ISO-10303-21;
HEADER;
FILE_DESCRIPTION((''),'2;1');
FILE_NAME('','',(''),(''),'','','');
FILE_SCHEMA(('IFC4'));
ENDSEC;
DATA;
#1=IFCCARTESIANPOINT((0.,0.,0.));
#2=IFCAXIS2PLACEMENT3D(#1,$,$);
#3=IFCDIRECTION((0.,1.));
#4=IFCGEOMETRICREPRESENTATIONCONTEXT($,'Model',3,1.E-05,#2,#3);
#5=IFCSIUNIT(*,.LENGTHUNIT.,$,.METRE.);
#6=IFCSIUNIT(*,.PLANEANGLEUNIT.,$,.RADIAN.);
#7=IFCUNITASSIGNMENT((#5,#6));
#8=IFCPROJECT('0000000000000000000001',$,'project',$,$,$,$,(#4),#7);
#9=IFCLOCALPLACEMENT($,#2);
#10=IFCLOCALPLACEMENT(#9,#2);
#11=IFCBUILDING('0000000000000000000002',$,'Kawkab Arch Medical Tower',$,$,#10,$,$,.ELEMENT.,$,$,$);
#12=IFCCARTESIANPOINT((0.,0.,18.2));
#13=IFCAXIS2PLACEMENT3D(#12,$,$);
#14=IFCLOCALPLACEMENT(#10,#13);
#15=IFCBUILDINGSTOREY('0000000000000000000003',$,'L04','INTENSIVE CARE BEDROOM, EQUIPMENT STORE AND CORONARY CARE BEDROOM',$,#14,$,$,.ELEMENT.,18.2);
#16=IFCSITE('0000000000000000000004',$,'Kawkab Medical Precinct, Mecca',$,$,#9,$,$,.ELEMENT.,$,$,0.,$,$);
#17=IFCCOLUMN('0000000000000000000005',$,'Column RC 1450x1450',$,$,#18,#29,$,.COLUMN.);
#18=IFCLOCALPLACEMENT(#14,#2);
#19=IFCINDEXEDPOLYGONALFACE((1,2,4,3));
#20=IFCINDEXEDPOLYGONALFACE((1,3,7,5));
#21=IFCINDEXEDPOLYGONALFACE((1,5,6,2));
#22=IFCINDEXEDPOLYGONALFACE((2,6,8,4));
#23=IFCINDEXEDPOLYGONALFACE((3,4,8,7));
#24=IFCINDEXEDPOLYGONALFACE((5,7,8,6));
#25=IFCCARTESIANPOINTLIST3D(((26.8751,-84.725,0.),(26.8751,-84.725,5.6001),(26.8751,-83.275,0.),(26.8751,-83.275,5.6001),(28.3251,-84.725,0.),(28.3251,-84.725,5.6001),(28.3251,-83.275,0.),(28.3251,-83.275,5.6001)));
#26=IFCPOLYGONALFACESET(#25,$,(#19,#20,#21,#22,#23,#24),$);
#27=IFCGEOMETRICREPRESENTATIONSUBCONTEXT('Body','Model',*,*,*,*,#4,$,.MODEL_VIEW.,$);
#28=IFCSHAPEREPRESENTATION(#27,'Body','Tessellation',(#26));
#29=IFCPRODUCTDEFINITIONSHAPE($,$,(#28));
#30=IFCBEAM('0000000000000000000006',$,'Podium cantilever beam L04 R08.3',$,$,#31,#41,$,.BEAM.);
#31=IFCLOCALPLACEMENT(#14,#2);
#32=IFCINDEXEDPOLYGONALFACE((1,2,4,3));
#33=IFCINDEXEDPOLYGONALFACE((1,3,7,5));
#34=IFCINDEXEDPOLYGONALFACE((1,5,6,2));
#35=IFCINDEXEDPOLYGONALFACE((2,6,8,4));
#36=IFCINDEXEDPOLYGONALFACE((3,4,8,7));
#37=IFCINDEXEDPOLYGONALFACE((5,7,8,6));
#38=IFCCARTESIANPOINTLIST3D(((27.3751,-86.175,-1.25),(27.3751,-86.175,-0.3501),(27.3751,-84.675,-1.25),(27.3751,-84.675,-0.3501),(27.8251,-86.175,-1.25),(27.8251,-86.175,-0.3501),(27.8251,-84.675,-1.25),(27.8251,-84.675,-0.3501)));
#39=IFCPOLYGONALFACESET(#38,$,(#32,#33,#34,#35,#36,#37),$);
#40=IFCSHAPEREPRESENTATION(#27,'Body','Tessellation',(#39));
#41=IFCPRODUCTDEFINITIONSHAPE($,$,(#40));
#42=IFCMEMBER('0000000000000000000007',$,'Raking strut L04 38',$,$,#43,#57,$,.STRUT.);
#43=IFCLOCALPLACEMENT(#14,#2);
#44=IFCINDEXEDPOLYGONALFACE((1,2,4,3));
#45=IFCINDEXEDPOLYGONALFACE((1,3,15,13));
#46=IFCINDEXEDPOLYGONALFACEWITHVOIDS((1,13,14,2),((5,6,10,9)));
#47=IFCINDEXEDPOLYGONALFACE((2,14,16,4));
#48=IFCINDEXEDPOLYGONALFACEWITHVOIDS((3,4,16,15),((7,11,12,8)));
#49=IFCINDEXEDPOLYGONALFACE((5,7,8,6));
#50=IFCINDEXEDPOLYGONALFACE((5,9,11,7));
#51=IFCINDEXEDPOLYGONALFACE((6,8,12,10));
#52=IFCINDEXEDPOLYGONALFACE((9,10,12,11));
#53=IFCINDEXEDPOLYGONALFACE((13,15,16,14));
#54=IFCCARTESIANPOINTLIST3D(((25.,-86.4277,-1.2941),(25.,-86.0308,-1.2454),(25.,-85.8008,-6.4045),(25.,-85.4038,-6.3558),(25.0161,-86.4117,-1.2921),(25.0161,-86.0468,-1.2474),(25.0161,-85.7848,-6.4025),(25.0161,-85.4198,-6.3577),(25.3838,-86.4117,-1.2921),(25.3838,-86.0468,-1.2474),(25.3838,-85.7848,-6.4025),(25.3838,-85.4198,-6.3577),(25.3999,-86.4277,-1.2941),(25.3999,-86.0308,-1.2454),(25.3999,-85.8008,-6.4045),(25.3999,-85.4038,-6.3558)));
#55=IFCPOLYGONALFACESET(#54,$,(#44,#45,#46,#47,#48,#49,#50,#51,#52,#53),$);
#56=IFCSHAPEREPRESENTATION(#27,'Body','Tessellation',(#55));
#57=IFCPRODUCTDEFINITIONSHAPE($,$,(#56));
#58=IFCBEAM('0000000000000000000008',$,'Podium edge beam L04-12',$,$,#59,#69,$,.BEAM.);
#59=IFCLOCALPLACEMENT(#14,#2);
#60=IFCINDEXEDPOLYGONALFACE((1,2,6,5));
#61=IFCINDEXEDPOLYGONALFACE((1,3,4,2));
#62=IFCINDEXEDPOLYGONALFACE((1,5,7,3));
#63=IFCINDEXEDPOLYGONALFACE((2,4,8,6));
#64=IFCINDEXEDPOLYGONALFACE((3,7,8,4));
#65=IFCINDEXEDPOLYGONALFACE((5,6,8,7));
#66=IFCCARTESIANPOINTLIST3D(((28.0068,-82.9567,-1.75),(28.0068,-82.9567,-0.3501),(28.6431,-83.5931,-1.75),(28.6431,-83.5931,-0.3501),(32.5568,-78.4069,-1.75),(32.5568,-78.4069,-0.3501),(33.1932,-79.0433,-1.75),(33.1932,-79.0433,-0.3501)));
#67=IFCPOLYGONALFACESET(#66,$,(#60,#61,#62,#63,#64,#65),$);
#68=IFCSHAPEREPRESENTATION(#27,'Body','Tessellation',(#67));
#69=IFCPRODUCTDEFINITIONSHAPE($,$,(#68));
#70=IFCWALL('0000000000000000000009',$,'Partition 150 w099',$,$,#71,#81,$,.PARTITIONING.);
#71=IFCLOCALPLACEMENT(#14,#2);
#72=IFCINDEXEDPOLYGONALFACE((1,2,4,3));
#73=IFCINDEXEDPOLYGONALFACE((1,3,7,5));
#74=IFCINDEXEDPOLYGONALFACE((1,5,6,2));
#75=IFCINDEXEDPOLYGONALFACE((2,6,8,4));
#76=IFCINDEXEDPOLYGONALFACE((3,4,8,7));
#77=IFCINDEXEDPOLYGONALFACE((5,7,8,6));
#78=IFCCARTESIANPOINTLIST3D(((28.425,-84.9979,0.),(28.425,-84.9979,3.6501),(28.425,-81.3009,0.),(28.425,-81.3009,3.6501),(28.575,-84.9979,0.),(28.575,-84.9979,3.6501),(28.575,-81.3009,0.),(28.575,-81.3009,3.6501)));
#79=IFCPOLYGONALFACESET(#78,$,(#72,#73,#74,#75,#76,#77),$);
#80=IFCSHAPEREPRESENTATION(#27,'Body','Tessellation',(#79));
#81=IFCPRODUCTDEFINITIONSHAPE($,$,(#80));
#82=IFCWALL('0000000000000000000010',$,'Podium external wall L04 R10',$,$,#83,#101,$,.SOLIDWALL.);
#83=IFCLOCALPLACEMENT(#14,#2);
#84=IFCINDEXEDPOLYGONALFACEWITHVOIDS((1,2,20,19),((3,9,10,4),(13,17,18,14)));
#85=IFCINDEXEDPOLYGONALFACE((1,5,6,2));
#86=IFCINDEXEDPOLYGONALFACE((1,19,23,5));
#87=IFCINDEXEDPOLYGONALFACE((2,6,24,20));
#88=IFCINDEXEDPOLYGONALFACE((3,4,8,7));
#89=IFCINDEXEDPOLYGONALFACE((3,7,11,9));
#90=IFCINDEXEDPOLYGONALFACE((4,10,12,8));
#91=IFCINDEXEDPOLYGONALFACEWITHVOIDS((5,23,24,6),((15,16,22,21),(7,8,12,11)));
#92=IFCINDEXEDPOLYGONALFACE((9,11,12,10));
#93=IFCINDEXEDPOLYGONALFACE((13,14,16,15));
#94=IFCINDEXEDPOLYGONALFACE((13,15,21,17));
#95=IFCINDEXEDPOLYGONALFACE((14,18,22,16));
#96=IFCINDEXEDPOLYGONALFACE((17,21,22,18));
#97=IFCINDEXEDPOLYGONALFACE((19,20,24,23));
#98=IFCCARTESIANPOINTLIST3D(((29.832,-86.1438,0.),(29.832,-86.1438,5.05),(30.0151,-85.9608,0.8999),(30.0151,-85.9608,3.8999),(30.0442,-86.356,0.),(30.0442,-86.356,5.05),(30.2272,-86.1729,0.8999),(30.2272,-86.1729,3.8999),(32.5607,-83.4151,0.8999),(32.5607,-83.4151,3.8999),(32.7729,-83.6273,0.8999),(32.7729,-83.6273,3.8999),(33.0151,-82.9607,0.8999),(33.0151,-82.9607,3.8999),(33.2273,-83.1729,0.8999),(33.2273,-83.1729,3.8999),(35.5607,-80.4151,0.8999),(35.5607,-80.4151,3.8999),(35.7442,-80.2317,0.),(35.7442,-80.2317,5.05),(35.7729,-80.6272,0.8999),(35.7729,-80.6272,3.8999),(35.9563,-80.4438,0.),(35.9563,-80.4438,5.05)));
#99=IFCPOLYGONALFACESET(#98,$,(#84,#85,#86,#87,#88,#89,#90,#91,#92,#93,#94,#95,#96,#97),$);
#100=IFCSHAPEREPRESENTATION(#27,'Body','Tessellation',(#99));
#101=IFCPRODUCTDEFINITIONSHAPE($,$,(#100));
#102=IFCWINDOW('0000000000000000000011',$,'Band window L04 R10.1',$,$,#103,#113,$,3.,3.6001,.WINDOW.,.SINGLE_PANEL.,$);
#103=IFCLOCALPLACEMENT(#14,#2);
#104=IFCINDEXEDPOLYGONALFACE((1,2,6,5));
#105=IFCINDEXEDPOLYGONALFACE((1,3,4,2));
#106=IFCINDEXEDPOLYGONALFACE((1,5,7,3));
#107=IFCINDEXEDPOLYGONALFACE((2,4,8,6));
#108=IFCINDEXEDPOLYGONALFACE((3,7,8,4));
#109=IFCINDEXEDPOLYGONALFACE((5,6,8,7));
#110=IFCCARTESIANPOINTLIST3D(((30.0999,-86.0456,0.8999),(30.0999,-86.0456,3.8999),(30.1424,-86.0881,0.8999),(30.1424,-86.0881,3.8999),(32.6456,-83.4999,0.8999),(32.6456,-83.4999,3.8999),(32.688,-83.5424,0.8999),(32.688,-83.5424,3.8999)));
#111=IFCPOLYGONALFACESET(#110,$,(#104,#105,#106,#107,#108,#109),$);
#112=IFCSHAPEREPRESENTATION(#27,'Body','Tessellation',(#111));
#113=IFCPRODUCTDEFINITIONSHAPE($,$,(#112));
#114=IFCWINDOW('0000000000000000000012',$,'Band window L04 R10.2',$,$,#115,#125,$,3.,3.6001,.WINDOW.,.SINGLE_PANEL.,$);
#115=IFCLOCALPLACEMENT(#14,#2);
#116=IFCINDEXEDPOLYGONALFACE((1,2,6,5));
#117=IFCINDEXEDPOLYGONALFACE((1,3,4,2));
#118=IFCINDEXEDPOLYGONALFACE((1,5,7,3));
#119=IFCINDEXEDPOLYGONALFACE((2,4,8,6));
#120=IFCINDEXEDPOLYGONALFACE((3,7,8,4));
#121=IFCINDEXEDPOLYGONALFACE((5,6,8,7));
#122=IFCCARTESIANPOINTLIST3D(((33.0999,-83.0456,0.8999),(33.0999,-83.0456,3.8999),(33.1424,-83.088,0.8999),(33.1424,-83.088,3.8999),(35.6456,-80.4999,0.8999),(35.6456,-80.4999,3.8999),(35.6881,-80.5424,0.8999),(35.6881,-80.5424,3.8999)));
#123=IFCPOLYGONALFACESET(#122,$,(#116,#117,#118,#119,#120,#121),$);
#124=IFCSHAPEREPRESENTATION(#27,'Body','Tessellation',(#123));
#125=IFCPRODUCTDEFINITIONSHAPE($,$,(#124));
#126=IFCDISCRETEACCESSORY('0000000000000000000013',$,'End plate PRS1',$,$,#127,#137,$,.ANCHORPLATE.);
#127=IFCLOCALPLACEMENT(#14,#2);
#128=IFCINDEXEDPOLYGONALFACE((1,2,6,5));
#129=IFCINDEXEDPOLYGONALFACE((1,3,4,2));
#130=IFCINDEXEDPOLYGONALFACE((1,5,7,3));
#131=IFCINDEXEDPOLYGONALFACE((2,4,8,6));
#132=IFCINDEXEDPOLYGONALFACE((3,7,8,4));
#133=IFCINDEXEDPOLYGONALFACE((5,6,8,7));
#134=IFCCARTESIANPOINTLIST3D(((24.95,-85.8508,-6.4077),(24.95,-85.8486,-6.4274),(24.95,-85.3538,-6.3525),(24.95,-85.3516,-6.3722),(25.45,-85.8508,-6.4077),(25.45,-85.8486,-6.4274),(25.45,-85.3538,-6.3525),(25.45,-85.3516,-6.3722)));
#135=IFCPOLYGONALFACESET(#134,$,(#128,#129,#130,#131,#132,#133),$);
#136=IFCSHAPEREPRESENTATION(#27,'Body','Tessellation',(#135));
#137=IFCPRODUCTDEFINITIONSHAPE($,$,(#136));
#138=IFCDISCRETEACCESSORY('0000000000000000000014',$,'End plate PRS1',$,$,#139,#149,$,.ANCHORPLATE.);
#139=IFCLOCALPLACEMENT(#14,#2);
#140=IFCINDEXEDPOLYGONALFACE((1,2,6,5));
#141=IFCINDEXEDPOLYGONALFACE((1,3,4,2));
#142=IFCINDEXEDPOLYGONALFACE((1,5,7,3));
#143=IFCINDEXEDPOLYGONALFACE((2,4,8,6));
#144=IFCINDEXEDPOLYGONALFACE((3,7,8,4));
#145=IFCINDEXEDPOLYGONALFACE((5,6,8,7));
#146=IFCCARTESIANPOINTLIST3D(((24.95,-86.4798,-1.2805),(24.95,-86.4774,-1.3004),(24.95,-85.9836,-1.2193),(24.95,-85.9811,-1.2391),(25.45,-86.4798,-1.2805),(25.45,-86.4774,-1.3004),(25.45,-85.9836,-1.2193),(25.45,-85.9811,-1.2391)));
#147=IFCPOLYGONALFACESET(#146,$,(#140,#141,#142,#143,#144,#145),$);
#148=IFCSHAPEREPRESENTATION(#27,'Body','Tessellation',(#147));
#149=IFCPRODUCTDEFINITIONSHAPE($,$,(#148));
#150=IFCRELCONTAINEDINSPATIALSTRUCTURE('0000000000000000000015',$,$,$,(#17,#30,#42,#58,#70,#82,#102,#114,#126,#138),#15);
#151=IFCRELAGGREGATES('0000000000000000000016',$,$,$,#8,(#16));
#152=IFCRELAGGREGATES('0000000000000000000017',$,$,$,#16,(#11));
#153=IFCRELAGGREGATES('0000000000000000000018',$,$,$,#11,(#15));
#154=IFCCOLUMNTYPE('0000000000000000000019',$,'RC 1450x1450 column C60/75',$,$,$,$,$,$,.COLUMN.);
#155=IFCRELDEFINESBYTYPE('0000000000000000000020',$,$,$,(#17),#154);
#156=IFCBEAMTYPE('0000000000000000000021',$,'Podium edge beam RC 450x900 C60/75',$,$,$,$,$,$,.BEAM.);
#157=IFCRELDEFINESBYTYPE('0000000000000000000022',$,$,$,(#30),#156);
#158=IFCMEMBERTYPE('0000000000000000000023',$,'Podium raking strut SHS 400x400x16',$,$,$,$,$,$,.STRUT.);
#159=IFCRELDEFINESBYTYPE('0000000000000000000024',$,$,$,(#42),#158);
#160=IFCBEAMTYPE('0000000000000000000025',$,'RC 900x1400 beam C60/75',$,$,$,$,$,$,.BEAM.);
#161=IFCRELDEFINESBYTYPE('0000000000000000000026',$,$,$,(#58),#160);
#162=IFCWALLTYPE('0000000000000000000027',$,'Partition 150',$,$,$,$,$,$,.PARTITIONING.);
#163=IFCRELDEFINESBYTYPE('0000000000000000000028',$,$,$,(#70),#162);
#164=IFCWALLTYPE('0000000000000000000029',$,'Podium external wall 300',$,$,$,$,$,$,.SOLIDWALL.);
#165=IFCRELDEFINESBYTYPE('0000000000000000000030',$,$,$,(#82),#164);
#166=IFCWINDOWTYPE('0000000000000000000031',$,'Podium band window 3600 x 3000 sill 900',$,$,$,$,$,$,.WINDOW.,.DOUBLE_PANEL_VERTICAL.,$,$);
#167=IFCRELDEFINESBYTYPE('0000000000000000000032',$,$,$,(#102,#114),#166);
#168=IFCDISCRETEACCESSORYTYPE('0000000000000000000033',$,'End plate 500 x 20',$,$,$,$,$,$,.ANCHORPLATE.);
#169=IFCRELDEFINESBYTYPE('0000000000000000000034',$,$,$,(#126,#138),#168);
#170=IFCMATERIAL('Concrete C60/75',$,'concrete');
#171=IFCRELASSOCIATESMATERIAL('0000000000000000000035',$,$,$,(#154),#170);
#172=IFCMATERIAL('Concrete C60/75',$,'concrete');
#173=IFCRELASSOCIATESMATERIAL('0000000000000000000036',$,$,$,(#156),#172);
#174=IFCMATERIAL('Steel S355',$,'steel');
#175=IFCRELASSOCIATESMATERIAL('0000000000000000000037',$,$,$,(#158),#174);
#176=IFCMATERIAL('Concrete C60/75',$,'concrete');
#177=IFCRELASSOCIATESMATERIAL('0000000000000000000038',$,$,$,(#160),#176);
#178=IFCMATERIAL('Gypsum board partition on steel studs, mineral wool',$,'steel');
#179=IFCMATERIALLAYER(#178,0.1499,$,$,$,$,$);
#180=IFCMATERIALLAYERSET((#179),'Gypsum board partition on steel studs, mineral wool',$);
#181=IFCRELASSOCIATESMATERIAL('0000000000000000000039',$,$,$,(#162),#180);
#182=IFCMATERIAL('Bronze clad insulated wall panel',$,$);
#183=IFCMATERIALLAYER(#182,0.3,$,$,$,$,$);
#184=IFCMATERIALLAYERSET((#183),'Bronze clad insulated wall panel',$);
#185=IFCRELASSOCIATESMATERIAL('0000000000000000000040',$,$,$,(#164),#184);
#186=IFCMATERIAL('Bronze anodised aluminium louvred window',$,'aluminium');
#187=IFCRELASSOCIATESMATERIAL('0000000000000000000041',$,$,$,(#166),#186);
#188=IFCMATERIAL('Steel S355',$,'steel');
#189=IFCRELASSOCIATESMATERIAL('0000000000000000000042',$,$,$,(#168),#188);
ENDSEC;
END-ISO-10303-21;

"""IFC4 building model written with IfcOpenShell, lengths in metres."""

from ifc_helpers import new_model, si_unit, direction, frame, frame_2d, origin, origin_2d, place, context, subcontext, project, spatial, rectangle, hollow_rectangle, extrude, material, layer, layer_set, material_profile, profile_set, type_object, element, fill, save


model = new_model("IFC4")

# Units and contexts
model_context = context("Model", 3, precision=1e-05, world=origin(), true_north=direction((0.0, 1.0)))
body_context = subcontext(model_context, "Body", "Model", "MODEL_VIEW")
ifc_project = project(units=[si_unit("LENGTHUNIT", "METRE"), si_unit("PLANEANGLEUNIT", "RADIAN")], contexts=[model_context])

# Site, building, storey
site_placement = place(None, origin())
site = spatial("IfcSite", under=ifc_project, at=site_placement, Name="Kawkab Medical Precinct, Mecca", CompositionType="ELEMENT", RefElevation=0.0)
building_placement = place(site_placement, origin())
building = spatial("IfcBuilding", under=site, at=building_placement, Name="Kawkab Arch Medical Tower", CompositionType="ELEMENT")
storey_placement = place(building_placement, frame((0.0, 0.0, 18.2)))
storey = spatial("IfcBuildingStorey", under=building, at=storey_placement, Name="L04", Description="INTENSIVE CARE BEDROOM, EQUIPMENT STORE AND CORONARY CARE BEDROOM", CompositionType="ELEMENT", Elevation=18.2)

# Column
ifc_material_1 = material(Name="Concrete C60/75", Category="concrete")
ifc_material_profile_1 = material_profile(ifc_material_1, rectangle(XDim=1.45, YDim=1.45, at=origin_2d()), Name="RC 1450x1450")
ifc_profile_set_1 = profile_set([ifc_material_profile_1], Name="Concrete C60/75")
column_type = type_object("IfcColumnType", Name="RC 1450x1450 column C60/75", PredefinedType="COLUMN", material=ifc_profile_set_1)
column_placement = place(storey_placement, frame((27.6001, -84.0, 0.0), z_axis=(0.0, 0.0, 1.0), x_axis=(1.0, 0.0, 0.0)))
element("IfcColumn", 1, at=column_placement, inside=storey, type_object=column_type, Name="Column RC 1450x1450", PredefinedType="COLUMN", context=body_context, shape_type="SweptSolid", body=[
    extrude(rectangle(XDim=1.45, YDim=1.45, at=origin_2d()), origin(), (0.0, 0.0, 1.0), 5.6001),
])

# Beam
ifc_material_2 = material(Name="Concrete C60/75", Category="concrete")
ifc_material_profile_2 = material_profile(ifc_material_2, rectangle(XDim=0.45, YDim=0.8999, at=origin_2d()), Name="RC 450x900")
ifc_profile_set_2 = profile_set([ifc_material_profile_2], Name="Concrete C60/75")
beam_type_1 = type_object("IfcBeamType", Name="Podium edge beam RC 450x900 C60/75", PredefinedType="BEAM", material=ifc_profile_set_2)
beam_1_placement = place(storey_placement, frame((27.6001, -84.675, -0.8), z_axis=(0.0, -1.0, 0.0), x_axis=(1.0, 0.0, 0.0)))
element("IfcBeam", 2, at=beam_1_placement, inside=storey, type_object=beam_type_1, Name="Podium cantilever beam L04 R08.3", PredefinedType="BEAM", context=body_context, shape_type="SweptSolid", body=[
    extrude(rectangle(XDim=0.45, YDim=0.8999, at=origin_2d()), origin(), (0.0, 0.0, 1.0), 1.5),
])

# Member
ifc_material_3 = material(Name="Steel S355", Category="steel")
ifc_material_profile_3 = material_profile(ifc_material_3, hollow_rectangle(XDim=0.3999, YDim=0.3999, WallThickness=0.0161, at=origin_2d()), Name="SHS 400x400x16")
ifc_profile_set_3 = profile_set([ifc_material_profile_3], Name="Steel S355")
member_type = type_object("IfcMemberType", Name="Podium raking strut SHS 400x400x16", PredefinedType="STRUT", material=ifc_profile_set_3)
member_placement = place(storey_placement, frame((25.2, -85.6023, -6.3801), z_axis=(0.0, -0.12177, 0.992558), x_axis=(1.0, 0.0, 0.0)))
element("IfcMember", 3, at=member_placement, inside=storey, type_object=member_type, Name="Raking strut L04 38", PredefinedType="STRUT", context=body_context, shape_type="SweptSolid", body=[
    extrude(hollow_rectangle(XDim=0.3999, YDim=0.3999, WallThickness=0.0161, at=origin_2d()), origin(), (0.0, 0.0, 1.0), 5.1487),
])

# Beam
ifc_material_4 = material(Name="Concrete C60/75", Category="concrete")
ifc_material_profile_4 = material_profile(ifc_material_4, rectangle(XDim=0.8999, YDim=1.3999, at=origin_2d()), Name="RC 900x1400")
ifc_profile_set_4 = profile_set([ifc_material_profile_4], Name="Concrete C60/75")
beam_type_2 = type_object("IfcBeamType", Name="RC 900x1400 beam C60/75", PredefinedType="BEAM", material=ifc_profile_set_4)
beam_2_placement = place(storey_placement, frame((28.325, -83.2749, -1.05), z_axis=(0.707126, 0.707088, 0.0), x_axis=(-0.707088, 0.707126, 0.0)))
element("IfcBeam", 4, at=beam_2_placement, inside=storey, type_object=beam_type_2, Name="Podium edge beam L04-12", PredefinedType="BEAM", context=body_context, shape_type="SweptSolid", body=[
    extrude(rectangle(XDim=0.8999, YDim=1.3999, at=origin_2d()), origin(), (0.0, 0.0, 1.0), 6.4346),
])

# Shared definitions
ifc_material_5 = material(Name="Gypsum board partition on steel studs, mineral wool", Category="steel")
ifc_layer_1 = layer(ifc_material_5, 0.1499)
ifc_layer_set_1 = layer_set([ifc_layer_1], Name="Gypsum board partition on steel studs, mineral wool")
wall_type_1 = type_object("IfcWallType", Name="Partition 150", PredefinedType="PARTITIONING", material=ifc_layer_set_1)

# Wall
wall_1_placement = place(storey_placement, frame((28.5, -84.998, 0.0), z_axis=(0.0, 0.0, 1.0), x_axis=(0.0, 1.0, 0.0)))
element("IfcWall", 5, at=wall_1_placement, inside=storey, type_object=wall_type_1, Name="Partition 150 w099", PredefinedType="PARTITIONING", context=body_context, shape_type="SweptSolid", body=[
    extrude(rectangle(XDim=3.697, YDim=0.1499, at=frame_2d((1.8486, 0.0))), origin(), (0.0, 0.0, 1.0), 3.6501),
])

# Wall, openings, windows
ifc_material_6 = material(Name="Bronze clad insulated wall panel")
ifc_layer_2 = layer(ifc_material_6, 0.3)
ifc_layer_set_2 = layer_set([ifc_layer_2], Name="Bronze clad insulated wall panel")
wall_type_2 = type_object("IfcWallType", Name="Podium external wall 300", PredefinedType="SOLIDWALL", material=ifc_layer_set_2)
wall_2_placement = place(storey_placement, frame((29.938, -86.25, 0.0), z_axis=(0.0, 0.0, 1.0), x_axis=(0.707107, 0.707107, 0.0)))
wall_2 = element("IfcWall", 6, at=wall_2_placement, inside=storey, type_object=wall_type_2, Name="Podium external wall L04 R10", PredefinedType="SOLIDWALL", context=body_context, shape_type="SweptSolid", body=[
    extrude(rectangle(XDim=8.3611, YDim=0.3, at=frame_2d((4.1807, 0.0))), origin(), (0.0, 0.0, 1.0), 5.05),
])
opening_1_placement = place(wall_2_placement, frame((0.259, 0.0, 0.8999)))
opening_1 = element("IfcOpeningElement", 7, at=opening_1_placement, cuts=wall_2, PredefinedType="OPENING", context=body_context, shape_type="SweptSolid", body=[
    extrude(rectangle(XDim=3.6001, YDim=3.0, at=frame_2d((1.8, 1.5))), frame((0.0, 0.1599, 0.0), z_axis=(0.0, -1.0, 0.0), x_axis=(1.0, 0.0, 0.0)), (0.0, 0.0, 1.0), 0.3201),
])
opening_2_placement = place(wall_2_placement, frame((4.5017, 0.0, 0.8999)))
opening_2 = element("IfcOpeningElement", 8, at=opening_2_placement, cuts=wall_2, PredefinedType="OPENING", context=body_context, shape_type="SweptSolid", body=[
    extrude(rectangle(XDim=3.6001, YDim=3.0, at=frame_2d((1.8, 1.5))), frame((0.0, 0.1599, 0.0), z_axis=(0.0, -1.0, 0.0), x_axis=(1.0, 0.0, 0.0)), (0.0, 0.0, 1.0), 0.3201),
])
ifc_material_7 = material(Name="Bronze anodised aluminium louvred window", Category="aluminium")
window_type = type_object("IfcWindowType", Name="Podium band window 3600 x 3000 sill 900", PartitioningType="DOUBLE_PANEL_VERTICAL", PredefinedType="WINDOW", material=ifc_material_7)
window_1_placement = place(opening_1_placement, origin())
window_1 = element("IfcWindow", 9, at=window_1_placement, inside=storey, type_object=window_type, Name="Band window L04 R10.1", OverallHeight=3.0, OverallWidth=3.6001, PartitioningType="SINGLE_PANEL", PredefinedType="WINDOW", context=body_context, shape_type="SweptSolid", body=[
    extrude(rectangle(XDim=3.6001, YDim=3.0, at=frame_2d((1.8, 1.5))), frame((0.0, 0.03, 0.0), z_axis=(0.0, -1.0, 0.0), x_axis=(1.0, 0.0, 0.0)), (0.0, 0.0, 1.0), 0.0601),
])
fill(opening_1, window_1)
window_2_placement = place(opening_2_placement, origin())
window_2 = element("IfcWindow", 10, at=window_2_placement, inside=storey, type_object=window_type, Name="Band window L04 R10.2", OverallHeight=3.0, OverallWidth=3.6001, PartitioningType="SINGLE_PANEL", PredefinedType="WINDOW", context=body_context, shape_type="SweptSolid", body=[
    extrude(rectangle(XDim=3.6001, YDim=3.0, at=frame_2d((1.8, 1.5))), frame((0.0, 0.03, 0.0), z_axis=(0.0, -1.0, 0.0), x_axis=(1.0, 0.0, 0.0)), (0.0, 0.0, 1.0), 0.0601),
])
fill(opening_2, window_2)

# Discrete accessories
ifc_material_8 = material(Name="Steel S355", Category="steel")
ifc_material_profile_5 = material_profile(ifc_material_8, rectangle(XDim=0.5, YDim=0.5, at=origin_2d()), Name="End plate 500 x 20")
ifc_profile_set_5 = profile_set([ifc_material_profile_5], Name="Steel S355")
discrete_accessory_type = type_object("IfcDiscreteAccessoryType", Name="End plate 500 x 20", PredefinedType="ANCHORPLATE", material=ifc_profile_set_5)
discrete_accessory_1_placement = place(storey_placement, frame((25.2, -85.6023, -6.3801), z_axis=(0.0, 0.110432, -0.993884), x_axis=(-1.0, 0.0, 0.0)))
element("IfcDiscreteAccessory", 11, at=discrete_accessory_1_placement, inside=storey, type_object=discrete_accessory_type, Name="End plate PRS1", PredefinedType="ANCHORPLATE", context=body_context, shape_type="SweptSolid", body=[
    extrude(rectangle(XDim=0.5, YDim=0.5, at=origin_2d()), origin(), (0.0, 0.0, 1.0), 0.0198),
])
discrete_accessory_2_placement = place(storey_placement, frame((25.2, -86.2292, -1.2698), z_axis=(0.0, -0.122527, 0.992465), x_axis=(1.0, 0.0, 0.0)))
element("IfcDiscreteAccessory", 12, at=discrete_accessory_2_placement, inside=storey, type_object=discrete_accessory_type, Name="End plate PRS1", PredefinedType="ANCHORPLATE", context=body_context, shape_type="SweptSolid", body=[
    extrude(rectangle(XDim=0.5, YDim=0.5, at=origin_2d()), origin(), (0.0, 0.0, 1.0), 0.02),
])

save(model, "model.ifc")
